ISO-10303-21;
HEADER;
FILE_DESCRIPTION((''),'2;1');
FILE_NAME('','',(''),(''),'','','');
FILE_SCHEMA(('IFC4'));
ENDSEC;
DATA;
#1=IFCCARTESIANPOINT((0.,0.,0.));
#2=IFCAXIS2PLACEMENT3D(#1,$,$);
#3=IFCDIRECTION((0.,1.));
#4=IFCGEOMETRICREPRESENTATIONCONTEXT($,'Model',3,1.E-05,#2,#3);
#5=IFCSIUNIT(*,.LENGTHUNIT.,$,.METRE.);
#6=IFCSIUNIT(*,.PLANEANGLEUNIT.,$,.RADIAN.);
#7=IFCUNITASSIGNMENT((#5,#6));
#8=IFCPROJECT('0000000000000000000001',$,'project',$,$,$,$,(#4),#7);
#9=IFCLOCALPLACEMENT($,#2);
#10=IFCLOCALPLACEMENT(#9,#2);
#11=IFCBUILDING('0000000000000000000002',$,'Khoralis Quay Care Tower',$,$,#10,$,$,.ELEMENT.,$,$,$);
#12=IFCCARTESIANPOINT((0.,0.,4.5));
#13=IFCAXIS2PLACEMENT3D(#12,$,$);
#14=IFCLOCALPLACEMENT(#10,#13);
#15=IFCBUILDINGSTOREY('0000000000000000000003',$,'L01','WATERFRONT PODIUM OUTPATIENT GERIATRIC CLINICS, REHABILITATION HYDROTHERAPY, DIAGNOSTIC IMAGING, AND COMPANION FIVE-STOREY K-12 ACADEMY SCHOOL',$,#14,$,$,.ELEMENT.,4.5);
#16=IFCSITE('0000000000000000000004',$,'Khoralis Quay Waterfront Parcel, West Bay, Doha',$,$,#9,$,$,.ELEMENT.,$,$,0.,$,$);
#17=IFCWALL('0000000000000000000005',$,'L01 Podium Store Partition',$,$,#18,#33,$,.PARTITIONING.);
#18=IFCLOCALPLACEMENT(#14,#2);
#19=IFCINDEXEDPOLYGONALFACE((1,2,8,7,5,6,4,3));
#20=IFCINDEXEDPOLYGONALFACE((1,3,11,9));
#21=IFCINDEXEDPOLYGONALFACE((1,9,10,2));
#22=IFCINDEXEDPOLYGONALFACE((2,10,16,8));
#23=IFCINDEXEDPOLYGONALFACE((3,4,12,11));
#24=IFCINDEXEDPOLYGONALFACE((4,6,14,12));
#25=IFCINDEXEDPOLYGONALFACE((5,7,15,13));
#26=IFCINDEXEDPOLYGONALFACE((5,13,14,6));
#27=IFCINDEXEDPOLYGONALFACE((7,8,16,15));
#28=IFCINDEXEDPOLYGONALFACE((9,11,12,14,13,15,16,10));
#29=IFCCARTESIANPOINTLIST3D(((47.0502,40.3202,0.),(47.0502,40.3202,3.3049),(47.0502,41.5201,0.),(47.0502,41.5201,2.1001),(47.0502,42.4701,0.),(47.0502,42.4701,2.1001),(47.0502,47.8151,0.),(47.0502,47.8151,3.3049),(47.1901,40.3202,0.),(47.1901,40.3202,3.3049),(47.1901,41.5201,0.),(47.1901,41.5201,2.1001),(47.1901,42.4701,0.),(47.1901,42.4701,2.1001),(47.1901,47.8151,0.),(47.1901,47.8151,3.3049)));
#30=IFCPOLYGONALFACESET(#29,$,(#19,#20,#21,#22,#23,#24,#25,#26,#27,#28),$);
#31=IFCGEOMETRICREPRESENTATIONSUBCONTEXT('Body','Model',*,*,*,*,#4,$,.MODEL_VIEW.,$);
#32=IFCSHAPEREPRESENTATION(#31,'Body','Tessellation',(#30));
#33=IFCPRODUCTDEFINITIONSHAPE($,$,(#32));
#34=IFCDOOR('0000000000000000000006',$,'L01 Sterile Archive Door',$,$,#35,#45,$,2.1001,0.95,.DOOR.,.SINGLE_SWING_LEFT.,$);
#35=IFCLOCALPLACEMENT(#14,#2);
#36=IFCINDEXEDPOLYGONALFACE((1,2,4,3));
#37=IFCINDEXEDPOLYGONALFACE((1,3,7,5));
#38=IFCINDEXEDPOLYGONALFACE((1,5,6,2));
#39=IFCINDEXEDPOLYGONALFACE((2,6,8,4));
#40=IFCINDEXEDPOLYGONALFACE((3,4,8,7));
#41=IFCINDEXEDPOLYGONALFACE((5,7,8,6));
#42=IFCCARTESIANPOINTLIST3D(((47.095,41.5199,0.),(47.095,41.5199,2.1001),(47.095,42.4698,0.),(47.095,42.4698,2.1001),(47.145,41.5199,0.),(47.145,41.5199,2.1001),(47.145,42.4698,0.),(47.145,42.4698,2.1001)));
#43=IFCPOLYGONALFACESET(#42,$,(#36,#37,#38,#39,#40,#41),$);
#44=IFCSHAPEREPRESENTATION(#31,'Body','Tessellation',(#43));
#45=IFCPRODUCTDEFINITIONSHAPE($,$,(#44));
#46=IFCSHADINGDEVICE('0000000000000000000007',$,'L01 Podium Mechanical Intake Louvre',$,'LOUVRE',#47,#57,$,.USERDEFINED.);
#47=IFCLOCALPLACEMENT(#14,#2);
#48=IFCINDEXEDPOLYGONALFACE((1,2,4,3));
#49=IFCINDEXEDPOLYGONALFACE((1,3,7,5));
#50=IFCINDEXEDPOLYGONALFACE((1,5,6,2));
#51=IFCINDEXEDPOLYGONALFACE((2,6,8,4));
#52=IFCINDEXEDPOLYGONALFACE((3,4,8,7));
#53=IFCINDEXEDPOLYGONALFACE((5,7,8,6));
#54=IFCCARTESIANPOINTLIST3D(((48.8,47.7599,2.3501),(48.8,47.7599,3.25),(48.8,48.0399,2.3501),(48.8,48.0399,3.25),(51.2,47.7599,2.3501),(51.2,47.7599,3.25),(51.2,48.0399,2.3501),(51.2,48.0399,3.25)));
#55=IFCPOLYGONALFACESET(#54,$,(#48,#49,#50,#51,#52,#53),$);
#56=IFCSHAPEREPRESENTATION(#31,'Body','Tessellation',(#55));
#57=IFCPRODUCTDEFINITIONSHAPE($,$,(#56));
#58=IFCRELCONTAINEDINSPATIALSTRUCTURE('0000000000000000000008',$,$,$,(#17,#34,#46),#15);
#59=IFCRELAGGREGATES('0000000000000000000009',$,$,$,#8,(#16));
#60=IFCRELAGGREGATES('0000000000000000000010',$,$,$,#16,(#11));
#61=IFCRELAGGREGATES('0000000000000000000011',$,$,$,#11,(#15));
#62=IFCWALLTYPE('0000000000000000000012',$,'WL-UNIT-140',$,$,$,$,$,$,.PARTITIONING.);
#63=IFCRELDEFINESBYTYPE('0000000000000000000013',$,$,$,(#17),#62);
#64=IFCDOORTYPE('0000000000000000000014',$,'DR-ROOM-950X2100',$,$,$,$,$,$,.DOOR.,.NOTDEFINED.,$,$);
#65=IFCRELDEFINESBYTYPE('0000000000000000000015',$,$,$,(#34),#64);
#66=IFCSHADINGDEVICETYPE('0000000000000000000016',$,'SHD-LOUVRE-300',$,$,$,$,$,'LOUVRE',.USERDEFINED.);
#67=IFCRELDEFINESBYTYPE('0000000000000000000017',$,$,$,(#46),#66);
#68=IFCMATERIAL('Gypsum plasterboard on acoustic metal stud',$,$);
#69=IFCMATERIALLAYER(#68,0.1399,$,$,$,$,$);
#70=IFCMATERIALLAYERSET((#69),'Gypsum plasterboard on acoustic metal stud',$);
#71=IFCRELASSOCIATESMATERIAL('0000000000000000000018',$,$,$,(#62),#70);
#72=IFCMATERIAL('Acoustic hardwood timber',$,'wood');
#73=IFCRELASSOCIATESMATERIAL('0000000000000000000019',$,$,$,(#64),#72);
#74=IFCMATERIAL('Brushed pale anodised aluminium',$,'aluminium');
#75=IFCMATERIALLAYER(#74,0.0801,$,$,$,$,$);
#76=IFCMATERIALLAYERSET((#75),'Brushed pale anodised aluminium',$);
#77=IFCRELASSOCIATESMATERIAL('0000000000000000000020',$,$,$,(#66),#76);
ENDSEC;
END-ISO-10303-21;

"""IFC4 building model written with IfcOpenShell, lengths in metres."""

from ifc_helpers import new_model, si_unit, direction, frame, frame_2d, origin, origin_2d, place, context, subcontext, project, spatial, rectangle, extrude, source, transform, mapped, material, layer, layer_set, type_object, element, fill, save


model = new_model("IFC4")

# Units and contexts
model_context = context("Model", 3, precision=1e-05, world=origin(), true_north=direction((0.0, 1.0)))
body_context = subcontext(model_context, "Body", "Model", "MODEL_VIEW")
ifc_project = project(units=[si_unit("LENGTHUNIT", "METRE"), si_unit("PLANEANGLEUNIT", "RADIAN")], contexts=[model_context])

# Site, building, storey
site_placement = place(None, origin())
site = spatial("IfcSite", under=ifc_project, at=site_placement, Name="Khoralis Quay Waterfront Parcel, West Bay, Doha", CompositionType="ELEMENT", RefElevation=0.0)
building_placement = place(site_placement, origin())
building = spatial("IfcBuilding", under=site, at=building_placement, Name="Khoralis Quay Care Tower", CompositionType="ELEMENT")
storey_placement = place(building_placement, frame((0.0, 0.0, 4.5)))
storey = spatial("IfcBuildingStorey", under=building, at=storey_placement, Name="L01", Description="WATERFRONT PODIUM OUTPATIENT GERIATRIC CLINICS, REHABILITATION HYDROTHERAPY, DIAGNOSTIC IMAGING, AND COMPANION FIVE-STOREY K-12 ACADEMY SCHOOL", CompositionType="ELEMENT", Elevation=4.5)

# Wall, opening, door
ifc_material_1 = material(Name="Gypsum plasterboard on acoustic metal stud")
ifc_layer_1 = layer(ifc_material_1, 0.1399)
ifc_layer_set_1 = layer_set([ifc_layer_1], Name="Gypsum plasterboard on acoustic metal stud")
wall_type_1 = type_object("IfcWallType", Name="WL-UNIT-140", PredefinedType="PARTITIONING", material=ifc_layer_set_1)
wall_1_placement = place(storey_placement, frame((47.1201, 40.3201, 0.0), z_axis=(0.0, 0.0, 1.0), x_axis=(0.0, 1.0, 0.0)))
wall_1 = element("IfcWall", 1, at=wall_1_placement, inside=storey, type_object=wall_type_1, Name="L01 Podium Store Partition", PredefinedType="PARTITIONING", context=body_context, shape_type="SweptSolid", body=[
    extrude(rectangle(XDim=7.4949, YDim=0.1399, at=frame_2d((3.7476, 0.0))), origin(), (0.0, 0.0, 1.0), 3.3049),
])
opening_1_placement = place(wall_1_placement, frame((1.2, 0.0, 0.0)))
opening_1 = element("IfcOpeningElement", 2, at=opening_1_placement, cuts=wall_1, PredefinedType="OPENING", context=body_context, shape_type="SweptSolid", body=[
    extrude(rectangle(XDim=0.95, YDim=2.1001, at=frame_2d((0.4751, 1.05))), frame((0.0, 0.0801, 0.0), z_axis=(0.0, -1.0, 0.0), x_axis=(1.0, 0.0, 0.0)), (0.0, 0.0, 1.0), 0.1599),
])
ifc_material_2 = material(Name="Acoustic hardwood timber", Category="wood")
door_type = type_object("IfcDoorType", Name="DR-ROOM-950X2100", OperationType="NOTDEFINED", PredefinedType="DOOR", material=ifc_material_2)
shared_shape_1 = source(origin(), body_context, "Body", "SweptSolid", [
    extrude(rectangle(XDim=0.95, YDim=2.1001, at=frame_2d((0.4751, 1.05))), frame((0.0, 0.0249, 0.0), z_axis=(0.0, -1.0, 0.0), x_axis=(1.0, 0.0, 0.0)), (0.0, 0.0, 1.0), 0.05),
])
door_placement = place(opening_1_placement, frame((0.95, 0.0, 0.0), z_axis=(0.0, 0.0, 1.0), x_axis=(-1.0, 0.0, 0.0)))
door = element("IfcDoor", 3, at=door_placement, inside=storey, type_object=door_type, Name="L01 Sterile Archive Door", OperationType="SINGLE_SWING_LEFT", OverallHeight=2.1001, OverallWidth=0.95, PredefinedType="DOOR", context=body_context, shape_type="MappedRepresentation", body=[
    mapped(shared_shape_1, transform((0.0, 0.0, 0.0), scale=1.0)),
])
fill(opening_1, door)

# Shading device
ifc_material_3 = material(Name="Brushed pale anodised aluminium", Category="aluminium")
ifc_layer_2 = layer(ifc_material_3, 0.0801)
ifc_layer_set_2 = layer_set([ifc_layer_2], Name="Brushed pale anodised aluminium")
shading_device_type = type_object("IfcShadingDeviceType", Name="SHD-LOUVRE-300", ElementType="LOUVRE", PredefinedType="USERDEFINED", material=ifc_layer_set_2)
shared_shape_2 = source(origin(), body_context, "Body", "SweptSolid", [
    extrude(rectangle(XDim=2.3999, YDim=0.28, at=origin_2d()), origin(), (0.0, 0.0, 1.0), 0.8999),
])
shading_device_placement = place(storey_placement, frame((50.0, 47.8999, 2.3501), z_axis=(0.0, 0.0, 1.0), x_axis=(1.0, 0.0, 0.0)))
element("IfcShadingDevice", 4, at=shading_device_placement, inside=storey, type_object=shading_device_type, Name="L01 Podium Mechanical Intake Louvre", ObjectType="LOUVRE", PredefinedType="USERDEFINED", context=body_context, shape_type="MappedRepresentation", body=[
    mapped(shared_shape_2, transform((0.0, 0.0, 0.0), scale=1.0)),
])

save(model, "model.ifc")
